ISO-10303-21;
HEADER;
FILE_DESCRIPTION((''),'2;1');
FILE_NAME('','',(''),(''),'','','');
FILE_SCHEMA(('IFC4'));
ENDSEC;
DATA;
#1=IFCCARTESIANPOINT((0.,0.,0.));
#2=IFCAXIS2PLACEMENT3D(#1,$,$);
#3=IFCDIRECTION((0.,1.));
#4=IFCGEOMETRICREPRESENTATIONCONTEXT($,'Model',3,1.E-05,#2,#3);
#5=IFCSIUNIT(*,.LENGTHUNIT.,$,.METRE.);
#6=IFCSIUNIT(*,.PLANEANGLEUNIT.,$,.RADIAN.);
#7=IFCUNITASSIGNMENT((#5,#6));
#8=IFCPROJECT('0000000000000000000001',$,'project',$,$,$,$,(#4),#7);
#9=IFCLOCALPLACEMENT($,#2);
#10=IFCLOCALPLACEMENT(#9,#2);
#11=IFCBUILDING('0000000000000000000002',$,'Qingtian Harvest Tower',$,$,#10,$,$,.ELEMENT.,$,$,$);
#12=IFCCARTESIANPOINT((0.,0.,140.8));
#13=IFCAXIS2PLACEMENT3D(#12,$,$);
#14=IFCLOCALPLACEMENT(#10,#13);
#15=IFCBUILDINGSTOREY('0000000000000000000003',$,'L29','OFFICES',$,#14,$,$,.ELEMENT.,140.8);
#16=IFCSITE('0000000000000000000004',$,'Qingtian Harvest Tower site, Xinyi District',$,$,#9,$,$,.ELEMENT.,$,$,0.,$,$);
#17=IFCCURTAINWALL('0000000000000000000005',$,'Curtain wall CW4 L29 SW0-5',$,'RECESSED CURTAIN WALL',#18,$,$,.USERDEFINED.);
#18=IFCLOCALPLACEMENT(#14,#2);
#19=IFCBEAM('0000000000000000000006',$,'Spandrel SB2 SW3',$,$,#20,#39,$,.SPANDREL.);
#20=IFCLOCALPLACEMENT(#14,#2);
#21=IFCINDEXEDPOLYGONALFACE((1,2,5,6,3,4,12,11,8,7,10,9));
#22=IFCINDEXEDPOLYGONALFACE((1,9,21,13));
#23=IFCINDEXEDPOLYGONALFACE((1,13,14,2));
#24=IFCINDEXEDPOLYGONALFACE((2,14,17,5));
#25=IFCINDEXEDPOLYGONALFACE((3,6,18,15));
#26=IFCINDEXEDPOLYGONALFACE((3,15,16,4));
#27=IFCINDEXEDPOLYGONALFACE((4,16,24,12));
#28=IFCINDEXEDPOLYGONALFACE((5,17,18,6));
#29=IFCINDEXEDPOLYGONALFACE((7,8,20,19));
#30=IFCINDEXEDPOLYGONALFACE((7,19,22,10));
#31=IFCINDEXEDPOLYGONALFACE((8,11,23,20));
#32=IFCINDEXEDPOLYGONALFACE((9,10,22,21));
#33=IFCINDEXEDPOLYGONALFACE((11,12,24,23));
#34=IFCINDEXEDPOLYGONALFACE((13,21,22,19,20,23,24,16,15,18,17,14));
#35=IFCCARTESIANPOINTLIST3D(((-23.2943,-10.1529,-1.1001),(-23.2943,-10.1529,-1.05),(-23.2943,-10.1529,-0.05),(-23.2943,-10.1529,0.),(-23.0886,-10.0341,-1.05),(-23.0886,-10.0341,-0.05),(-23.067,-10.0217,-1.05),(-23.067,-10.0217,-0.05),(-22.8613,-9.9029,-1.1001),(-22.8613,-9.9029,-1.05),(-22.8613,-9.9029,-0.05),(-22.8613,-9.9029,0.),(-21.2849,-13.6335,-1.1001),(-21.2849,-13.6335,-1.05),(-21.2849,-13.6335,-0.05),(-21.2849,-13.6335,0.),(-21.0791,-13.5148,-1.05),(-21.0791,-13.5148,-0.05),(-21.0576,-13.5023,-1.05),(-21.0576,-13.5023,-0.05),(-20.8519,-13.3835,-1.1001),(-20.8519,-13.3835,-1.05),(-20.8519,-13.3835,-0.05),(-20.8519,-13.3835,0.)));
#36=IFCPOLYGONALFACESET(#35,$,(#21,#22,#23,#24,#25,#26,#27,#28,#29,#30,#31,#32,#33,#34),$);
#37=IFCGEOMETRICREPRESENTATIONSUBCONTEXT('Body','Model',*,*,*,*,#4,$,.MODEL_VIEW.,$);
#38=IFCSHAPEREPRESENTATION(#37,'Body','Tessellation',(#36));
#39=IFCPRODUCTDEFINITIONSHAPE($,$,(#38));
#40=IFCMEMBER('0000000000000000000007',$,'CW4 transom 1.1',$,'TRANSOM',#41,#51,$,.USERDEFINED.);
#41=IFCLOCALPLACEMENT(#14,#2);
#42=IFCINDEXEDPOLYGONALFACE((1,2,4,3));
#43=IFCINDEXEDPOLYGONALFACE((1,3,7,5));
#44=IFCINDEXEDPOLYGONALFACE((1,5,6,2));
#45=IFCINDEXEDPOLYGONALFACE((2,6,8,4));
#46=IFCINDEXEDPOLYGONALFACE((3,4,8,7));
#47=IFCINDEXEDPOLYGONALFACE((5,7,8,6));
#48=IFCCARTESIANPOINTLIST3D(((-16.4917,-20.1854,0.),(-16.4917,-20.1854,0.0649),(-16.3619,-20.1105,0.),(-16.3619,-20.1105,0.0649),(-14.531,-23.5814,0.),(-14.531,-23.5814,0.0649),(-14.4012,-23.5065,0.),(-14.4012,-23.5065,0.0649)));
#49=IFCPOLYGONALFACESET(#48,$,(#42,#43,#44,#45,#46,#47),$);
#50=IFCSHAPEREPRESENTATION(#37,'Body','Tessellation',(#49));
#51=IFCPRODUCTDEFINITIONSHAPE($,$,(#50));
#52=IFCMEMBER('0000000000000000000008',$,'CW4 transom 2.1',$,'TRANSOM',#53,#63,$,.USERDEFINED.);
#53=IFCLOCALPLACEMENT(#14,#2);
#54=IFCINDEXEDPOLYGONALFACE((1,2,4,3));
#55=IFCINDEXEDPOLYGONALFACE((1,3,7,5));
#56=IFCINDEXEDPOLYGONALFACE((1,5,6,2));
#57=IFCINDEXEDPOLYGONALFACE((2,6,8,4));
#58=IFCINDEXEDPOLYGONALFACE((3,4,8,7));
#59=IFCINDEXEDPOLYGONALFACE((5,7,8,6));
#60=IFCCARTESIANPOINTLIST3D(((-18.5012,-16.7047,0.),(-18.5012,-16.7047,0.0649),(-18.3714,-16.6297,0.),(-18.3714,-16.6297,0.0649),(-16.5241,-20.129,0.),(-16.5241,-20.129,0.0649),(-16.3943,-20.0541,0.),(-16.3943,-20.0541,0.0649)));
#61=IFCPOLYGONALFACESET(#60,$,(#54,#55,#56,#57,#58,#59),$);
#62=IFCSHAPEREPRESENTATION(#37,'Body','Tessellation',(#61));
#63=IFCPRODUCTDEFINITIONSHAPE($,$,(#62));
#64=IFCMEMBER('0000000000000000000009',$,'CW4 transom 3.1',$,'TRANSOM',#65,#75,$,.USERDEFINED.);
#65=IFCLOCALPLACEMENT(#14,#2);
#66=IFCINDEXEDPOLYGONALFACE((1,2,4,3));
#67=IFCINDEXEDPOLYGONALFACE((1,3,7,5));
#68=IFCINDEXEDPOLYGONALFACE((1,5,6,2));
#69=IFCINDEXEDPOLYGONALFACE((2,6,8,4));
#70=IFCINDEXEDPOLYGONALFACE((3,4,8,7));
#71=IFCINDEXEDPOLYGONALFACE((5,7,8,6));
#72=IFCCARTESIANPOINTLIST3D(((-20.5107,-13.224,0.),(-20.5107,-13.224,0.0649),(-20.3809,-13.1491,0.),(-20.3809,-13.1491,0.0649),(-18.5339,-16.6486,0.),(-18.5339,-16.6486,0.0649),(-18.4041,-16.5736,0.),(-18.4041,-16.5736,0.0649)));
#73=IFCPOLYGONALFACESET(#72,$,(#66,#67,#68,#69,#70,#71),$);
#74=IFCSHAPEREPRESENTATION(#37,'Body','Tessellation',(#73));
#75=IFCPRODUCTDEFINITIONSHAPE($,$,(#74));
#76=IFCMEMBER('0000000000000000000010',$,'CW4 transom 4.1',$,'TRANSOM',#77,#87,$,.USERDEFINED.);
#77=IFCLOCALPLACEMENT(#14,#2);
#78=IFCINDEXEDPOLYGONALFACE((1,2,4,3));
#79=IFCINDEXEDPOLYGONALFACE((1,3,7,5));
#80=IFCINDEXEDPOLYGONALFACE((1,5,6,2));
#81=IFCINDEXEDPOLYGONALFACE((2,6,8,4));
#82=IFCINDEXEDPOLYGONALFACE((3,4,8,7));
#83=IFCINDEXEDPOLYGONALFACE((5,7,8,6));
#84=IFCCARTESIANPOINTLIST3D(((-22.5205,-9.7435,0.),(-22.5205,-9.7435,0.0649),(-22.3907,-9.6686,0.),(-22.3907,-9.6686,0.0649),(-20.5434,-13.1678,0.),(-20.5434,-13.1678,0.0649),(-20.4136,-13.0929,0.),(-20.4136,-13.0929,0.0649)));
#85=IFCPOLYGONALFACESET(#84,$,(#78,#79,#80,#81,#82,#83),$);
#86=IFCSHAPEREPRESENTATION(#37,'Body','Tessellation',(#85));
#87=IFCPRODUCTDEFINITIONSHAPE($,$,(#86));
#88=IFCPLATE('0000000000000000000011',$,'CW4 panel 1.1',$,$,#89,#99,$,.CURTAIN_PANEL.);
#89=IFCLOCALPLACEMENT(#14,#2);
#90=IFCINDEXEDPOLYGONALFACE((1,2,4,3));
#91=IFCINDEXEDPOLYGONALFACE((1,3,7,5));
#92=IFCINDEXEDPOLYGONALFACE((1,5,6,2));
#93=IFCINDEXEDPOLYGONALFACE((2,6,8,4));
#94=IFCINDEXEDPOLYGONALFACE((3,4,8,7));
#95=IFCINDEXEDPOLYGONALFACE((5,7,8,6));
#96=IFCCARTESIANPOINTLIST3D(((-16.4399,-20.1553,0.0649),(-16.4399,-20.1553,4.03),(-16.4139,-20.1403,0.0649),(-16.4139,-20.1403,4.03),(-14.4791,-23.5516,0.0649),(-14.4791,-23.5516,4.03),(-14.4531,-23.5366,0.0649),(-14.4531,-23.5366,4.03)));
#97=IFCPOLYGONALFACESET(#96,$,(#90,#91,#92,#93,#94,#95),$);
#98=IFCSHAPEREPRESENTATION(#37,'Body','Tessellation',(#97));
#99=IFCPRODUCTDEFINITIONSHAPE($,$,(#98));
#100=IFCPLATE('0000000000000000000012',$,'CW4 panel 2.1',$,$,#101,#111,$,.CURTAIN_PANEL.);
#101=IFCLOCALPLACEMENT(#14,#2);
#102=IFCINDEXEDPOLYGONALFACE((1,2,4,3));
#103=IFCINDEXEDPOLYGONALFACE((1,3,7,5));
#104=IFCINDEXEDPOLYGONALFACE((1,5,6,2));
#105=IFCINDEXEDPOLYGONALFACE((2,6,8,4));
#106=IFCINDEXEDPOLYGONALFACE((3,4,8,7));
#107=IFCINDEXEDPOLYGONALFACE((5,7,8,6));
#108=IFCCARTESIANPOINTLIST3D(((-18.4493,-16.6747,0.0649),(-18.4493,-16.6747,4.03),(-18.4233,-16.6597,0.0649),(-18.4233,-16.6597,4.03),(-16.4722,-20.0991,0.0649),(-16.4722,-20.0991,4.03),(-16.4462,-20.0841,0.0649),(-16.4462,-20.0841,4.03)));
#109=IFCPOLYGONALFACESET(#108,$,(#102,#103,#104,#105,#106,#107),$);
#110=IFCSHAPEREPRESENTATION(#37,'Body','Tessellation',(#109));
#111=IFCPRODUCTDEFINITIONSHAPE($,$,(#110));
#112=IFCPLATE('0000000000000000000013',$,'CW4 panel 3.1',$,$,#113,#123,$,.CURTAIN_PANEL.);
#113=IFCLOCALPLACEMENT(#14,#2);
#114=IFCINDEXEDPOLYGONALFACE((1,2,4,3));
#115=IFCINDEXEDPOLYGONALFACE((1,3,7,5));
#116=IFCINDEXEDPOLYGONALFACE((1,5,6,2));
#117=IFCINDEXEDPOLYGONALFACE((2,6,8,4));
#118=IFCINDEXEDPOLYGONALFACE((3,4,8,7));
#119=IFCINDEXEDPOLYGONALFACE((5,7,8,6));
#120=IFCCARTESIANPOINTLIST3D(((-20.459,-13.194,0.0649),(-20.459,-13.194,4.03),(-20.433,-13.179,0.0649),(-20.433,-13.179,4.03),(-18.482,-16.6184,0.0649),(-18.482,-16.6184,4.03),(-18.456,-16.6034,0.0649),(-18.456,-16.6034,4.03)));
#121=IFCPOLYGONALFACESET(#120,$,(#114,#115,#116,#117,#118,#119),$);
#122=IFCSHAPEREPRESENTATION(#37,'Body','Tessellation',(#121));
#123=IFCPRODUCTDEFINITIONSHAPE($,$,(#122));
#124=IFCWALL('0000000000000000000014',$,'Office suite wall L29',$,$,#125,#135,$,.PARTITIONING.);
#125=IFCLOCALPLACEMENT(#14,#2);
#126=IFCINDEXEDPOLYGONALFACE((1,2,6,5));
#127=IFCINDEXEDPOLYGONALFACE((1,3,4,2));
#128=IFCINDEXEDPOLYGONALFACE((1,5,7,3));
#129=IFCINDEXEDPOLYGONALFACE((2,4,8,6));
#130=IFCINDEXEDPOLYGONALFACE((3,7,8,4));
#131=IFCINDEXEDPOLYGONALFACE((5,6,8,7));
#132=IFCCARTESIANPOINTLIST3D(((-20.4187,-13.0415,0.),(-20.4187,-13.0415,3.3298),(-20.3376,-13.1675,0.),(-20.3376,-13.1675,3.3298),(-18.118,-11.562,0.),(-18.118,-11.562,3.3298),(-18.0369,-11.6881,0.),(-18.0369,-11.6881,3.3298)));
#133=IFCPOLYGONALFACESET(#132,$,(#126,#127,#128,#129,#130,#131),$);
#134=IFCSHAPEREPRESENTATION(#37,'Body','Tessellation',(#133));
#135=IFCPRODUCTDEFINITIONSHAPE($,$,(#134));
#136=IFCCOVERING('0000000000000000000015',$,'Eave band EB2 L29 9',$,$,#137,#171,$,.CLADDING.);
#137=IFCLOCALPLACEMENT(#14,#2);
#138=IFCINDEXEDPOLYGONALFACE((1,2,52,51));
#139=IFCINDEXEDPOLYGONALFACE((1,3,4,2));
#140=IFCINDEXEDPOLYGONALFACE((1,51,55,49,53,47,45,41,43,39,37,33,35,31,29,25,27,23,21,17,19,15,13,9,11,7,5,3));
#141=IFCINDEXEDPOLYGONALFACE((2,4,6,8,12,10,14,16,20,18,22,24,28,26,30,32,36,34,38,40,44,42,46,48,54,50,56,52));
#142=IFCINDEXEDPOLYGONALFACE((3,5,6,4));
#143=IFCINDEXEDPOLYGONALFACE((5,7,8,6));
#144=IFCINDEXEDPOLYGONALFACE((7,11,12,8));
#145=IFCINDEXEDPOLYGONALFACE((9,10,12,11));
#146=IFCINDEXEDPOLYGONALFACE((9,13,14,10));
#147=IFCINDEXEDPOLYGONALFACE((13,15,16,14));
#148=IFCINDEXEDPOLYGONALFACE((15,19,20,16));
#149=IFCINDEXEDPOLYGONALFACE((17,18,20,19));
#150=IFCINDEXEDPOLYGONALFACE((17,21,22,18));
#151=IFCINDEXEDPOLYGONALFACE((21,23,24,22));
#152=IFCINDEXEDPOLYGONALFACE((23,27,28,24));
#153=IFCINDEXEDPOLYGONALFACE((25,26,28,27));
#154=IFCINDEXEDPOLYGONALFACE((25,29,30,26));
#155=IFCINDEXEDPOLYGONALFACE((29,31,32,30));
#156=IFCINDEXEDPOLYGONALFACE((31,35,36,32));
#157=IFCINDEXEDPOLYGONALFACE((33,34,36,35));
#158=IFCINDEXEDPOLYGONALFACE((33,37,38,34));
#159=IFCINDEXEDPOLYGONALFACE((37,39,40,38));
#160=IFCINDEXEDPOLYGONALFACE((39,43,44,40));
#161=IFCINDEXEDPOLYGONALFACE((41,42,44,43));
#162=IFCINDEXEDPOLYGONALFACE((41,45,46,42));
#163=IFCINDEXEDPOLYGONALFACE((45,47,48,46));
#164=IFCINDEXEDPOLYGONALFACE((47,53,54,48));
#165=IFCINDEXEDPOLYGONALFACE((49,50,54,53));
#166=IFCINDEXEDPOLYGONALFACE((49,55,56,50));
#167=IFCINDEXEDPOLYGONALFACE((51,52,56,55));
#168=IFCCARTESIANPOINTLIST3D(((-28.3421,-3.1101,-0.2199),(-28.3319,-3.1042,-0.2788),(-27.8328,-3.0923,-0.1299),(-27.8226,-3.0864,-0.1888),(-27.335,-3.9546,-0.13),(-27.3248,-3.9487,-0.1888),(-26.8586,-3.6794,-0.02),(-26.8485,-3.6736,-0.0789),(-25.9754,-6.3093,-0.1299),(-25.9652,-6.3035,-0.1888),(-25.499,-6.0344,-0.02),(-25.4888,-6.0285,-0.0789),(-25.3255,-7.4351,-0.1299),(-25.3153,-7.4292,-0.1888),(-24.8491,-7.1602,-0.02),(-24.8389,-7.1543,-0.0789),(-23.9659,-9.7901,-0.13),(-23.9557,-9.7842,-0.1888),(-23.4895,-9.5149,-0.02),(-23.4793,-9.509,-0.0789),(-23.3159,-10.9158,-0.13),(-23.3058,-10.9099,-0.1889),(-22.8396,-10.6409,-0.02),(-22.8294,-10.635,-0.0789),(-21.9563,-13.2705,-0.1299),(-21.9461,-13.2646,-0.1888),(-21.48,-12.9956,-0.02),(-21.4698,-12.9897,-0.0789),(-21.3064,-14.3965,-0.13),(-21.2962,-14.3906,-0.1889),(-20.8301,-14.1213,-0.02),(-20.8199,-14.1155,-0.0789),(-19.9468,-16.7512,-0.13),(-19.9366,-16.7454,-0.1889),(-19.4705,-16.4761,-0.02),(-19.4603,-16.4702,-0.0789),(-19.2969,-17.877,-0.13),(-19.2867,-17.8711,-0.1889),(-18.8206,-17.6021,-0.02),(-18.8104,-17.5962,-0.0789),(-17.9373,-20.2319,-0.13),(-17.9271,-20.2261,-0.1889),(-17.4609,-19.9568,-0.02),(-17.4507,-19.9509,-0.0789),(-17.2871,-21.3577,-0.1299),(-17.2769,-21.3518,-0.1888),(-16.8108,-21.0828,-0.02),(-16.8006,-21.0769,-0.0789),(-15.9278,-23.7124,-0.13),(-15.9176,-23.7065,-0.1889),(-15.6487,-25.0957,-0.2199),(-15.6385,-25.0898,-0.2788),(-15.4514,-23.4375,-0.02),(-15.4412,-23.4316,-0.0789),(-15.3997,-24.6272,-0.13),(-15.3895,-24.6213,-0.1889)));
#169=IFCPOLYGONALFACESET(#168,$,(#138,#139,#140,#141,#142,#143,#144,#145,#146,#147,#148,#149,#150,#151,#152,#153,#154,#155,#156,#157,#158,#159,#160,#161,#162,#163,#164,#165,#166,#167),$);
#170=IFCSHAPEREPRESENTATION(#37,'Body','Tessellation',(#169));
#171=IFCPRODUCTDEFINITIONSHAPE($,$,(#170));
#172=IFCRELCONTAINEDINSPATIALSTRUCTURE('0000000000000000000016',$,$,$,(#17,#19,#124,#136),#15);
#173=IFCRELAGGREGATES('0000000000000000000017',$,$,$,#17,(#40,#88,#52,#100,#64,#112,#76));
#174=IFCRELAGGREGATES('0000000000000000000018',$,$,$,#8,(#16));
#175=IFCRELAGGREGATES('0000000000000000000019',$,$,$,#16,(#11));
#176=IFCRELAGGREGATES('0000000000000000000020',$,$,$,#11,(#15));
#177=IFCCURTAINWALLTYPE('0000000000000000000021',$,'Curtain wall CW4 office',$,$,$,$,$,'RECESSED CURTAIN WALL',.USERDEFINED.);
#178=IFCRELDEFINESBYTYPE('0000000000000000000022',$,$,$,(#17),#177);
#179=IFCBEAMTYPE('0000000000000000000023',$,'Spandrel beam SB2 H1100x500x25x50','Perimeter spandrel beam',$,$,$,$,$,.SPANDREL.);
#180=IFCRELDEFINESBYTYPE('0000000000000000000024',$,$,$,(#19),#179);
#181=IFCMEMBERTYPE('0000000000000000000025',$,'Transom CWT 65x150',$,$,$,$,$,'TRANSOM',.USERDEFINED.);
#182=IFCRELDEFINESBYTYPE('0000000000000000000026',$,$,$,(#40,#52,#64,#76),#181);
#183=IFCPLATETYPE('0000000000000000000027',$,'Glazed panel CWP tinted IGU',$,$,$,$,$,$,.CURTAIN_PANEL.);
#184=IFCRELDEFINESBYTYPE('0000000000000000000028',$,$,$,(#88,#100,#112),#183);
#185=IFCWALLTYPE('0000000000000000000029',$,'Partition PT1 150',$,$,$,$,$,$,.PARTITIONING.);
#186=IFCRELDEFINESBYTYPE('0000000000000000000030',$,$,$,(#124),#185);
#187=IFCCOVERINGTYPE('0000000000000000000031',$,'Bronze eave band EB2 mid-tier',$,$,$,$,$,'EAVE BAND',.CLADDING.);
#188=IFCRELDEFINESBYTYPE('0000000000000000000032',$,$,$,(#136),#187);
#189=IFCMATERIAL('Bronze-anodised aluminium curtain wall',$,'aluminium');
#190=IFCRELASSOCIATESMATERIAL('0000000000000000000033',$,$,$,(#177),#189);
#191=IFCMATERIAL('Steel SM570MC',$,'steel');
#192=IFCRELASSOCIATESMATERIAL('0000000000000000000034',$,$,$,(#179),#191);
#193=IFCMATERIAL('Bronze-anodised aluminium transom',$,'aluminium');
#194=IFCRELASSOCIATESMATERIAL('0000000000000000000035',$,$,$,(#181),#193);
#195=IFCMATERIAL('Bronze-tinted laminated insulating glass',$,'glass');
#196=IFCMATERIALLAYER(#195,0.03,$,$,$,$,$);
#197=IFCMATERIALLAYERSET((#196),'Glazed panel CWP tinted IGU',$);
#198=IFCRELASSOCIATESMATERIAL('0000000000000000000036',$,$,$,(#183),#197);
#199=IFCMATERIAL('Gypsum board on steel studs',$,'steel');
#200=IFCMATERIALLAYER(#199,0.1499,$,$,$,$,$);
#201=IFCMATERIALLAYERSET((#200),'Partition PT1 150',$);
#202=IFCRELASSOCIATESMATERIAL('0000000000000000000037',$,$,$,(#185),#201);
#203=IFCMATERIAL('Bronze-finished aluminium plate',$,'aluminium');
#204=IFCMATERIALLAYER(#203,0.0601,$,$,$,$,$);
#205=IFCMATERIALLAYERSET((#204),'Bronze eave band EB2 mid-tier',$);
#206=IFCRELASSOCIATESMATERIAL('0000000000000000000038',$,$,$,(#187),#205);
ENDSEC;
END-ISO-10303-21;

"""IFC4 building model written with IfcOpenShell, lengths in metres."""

from ifc_helpers import new_model, si_unit, direction, frame, frame_2d, origin, origin_2d, place, context, subcontext, project, spatial, polyline, rectangle, i_section, outline, extrude, material, layer, layer_set, material_profile, profile_set, type_object, element, aggregate, save


model = new_model("IFC4")

# Units and contexts
model_context = context("Model", 3, precision=1e-05, world=origin(), true_north=direction((0.0, 1.0)))
body_context = subcontext(model_context, "Body", "Model", "MODEL_VIEW")
ifc_project = project(units=[si_unit("LENGTHUNIT", "METRE"), si_unit("PLANEANGLEUNIT", "RADIAN")], contexts=[model_context])

# Site, building, storey
site_placement = place(None, origin())
site = spatial("IfcSite", under=ifc_project, at=site_placement, Name="Qingtian Harvest Tower site, Xinyi District", CompositionType="ELEMENT", RefElevation=0.0)
building_placement = place(site_placement, origin())
building = spatial("IfcBuilding", under=site, at=building_placement, Name="Qingtian Harvest Tower", CompositionType="ELEMENT")
storey_placement = place(building_placement, frame((0.0, 0.0, 140.8)))
storey = spatial("IfcBuildingStorey", under=building, at=storey_placement, Name="L29", Description="OFFICES", CompositionType="ELEMENT", Elevation=140.8)

# Shared definitions
ifc_material_1 = material(Name="Bronze-anodised aluminium curtain wall", Category="aluminium")
curtain_wall_type = type_object("IfcCurtainWallType", Name="Curtain wall CW4 office", ElementType="RECESSED CURTAIN WALL", PredefinedType="USERDEFINED", material=ifc_material_1)

# Curtain wall
curtain_wall_1_placement = place(storey_placement, origin())
curtain_wall_1 = element("IfcCurtainWall", 1, at=curtain_wall_1_placement, inside=storey, type_object=curtain_wall_type, Name="Curtain wall CW4 L29 SW0-5", ObjectType="RECESSED CURTAIN WALL", PredefinedType="USERDEFINED")

# Beam
ifc_material_2 = material(Name="Steel SM570MC", Category="steel")
ifc_material_profile_1 = material_profile(ifc_material_2, i_section(OverallWidth=0.5, OverallDepth=1.1001, WebThickness=0.0249, FlangeThickness=0.05, at=origin_2d()), Name="H1100x500x25x50")
ifc_profile_set_1 = profile_set([ifc_material_profile_1], Name="Steel SM570MC")
beam_type_1 = type_object("IfcBeamType", Name="Spandrel beam SB2 H1100x500x25x50", Description="Perimeter spandrel beam", PredefinedType="SPANDREL", material=ifc_profile_set_1)
for number, where, z_axis, x_axis, name in (
    (2, (-21.0684, -13.5085, -0.55), (-0.499987, 0.866033, 0.0), (-0.866033, -0.499987, 0.0), "Spandrel SB2 SW3"),
):
    element("IfcBeam", number, at=place(storey_placement, frame(where, z_axis=z_axis, x_axis=x_axis)), inside=storey, type_object=beam_type_1, Name=name, PredefinedType="SPANDREL", context=body_context, shape_type="SweptSolid", body=[
        extrude(i_section(OverallWidth=0.5, OverallDepth=1.1001, WebThickness=0.0249, FlangeThickness=0.05, at=origin_2d()), origin(), (0.0, 0.0, 1.0), 4.019),
    ])

# Members
ifc_material_3 = material(Name="Bronze-anodised aluminium transom", Category="aluminium")
ifc_material_profile_2 = material_profile(ifc_material_3, rectangle(XDim=0.1499, YDim=0.0649, at=origin_2d()), Name="AL 65x150")
ifc_profile_set_2 = profile_set([ifc_material_profile_2], Name="Bronze-anodised aluminium transom")
member_type_1 = type_object("IfcMemberType", Name="Transom CWT 65x150", ElementType="TRANSOM", PredefinedType="USERDEFINED", material=ifc_profile_set_2)
member_1_placement = place(storey_placement, frame((-14.4661, -23.5439, 0.0325), z_axis=(-0.500003, 0.866024, 0.0), x_axis=(-0.866024, -0.500003, 0.0)))
member_1 = element("IfcMember", 3, at=member_1_placement, type_object=member_type_1, Name="CW4 transom 1.1", ObjectType="TRANSOM", PredefinedType="USERDEFINED", context=body_context, shape_type="SweptSolid", body=[
    extrude(rectangle(XDim=0.1499, YDim=0.0649, at=origin_2d()), origin(), (0.0, 0.0, 1.0), 3.9214),
])
member_2_placement = place(storey_placement, frame((-16.4592, -20.0916, 0.0325), z_axis=(-0.500004, 0.866023, 0.0), x_axis=(-0.866023, -0.500004, 0.0)))
member_2 = element("IfcMember", 4, at=member_2_placement, type_object=member_type_1, Name="CW4 transom 2.1", ObjectType="TRANSOM", PredefinedType="USERDEFINED", context=body_context, shape_type="SweptSolid", body=[
    extrude(rectangle(XDim=0.1499, YDim=0.0649, at=origin_2d()), origin(), (0.0, 0.0, 1.0), 3.9541),
])
member_3_placement = place(storey_placement, frame((-18.469, -16.6111, 0.0325), z_axis=(-0.499931, 0.866065, 0.0), x_axis=(-0.866065, -0.499931, 0.0)))
member_3 = element("IfcMember", 5, at=member_3_placement, type_object=member_type_1, Name="CW4 transom 3.1", ObjectType="TRANSOM", PredefinedType="USERDEFINED", context=body_context, shape_type="SweptSolid", body=[
    extrude(rectangle(XDim=0.1499, YDim=0.0649, at=origin_2d()), origin(), (0.0, 0.0, 1.0), 3.9541),
])
member_4_placement = place(storey_placement, frame((-20.4785, -13.1304, 0.0325), z_axis=(-0.500004, 0.866023, 0.0), x_axis=(-0.866023, -0.500004, 0.0)))
member_4 = element("IfcMember", 6, at=member_4_placement, type_object=member_type_1, Name="CW4 transom 4.1", ObjectType="TRANSOM", PredefinedType="USERDEFINED", context=body_context, shape_type="SweptSolid", body=[
    extrude(rectangle(XDim=0.1499, YDim=0.0649, at=origin_2d()), origin(), (0.0, 0.0, 1.0), 3.9541),
])

# Plates
ifc_material_4 = material(Name="Bronze-tinted laminated insulating glass", Category="glass")
ifc_layer_1 = layer(ifc_material_4, 0.03)
ifc_layer_set_1 = layer_set([ifc_layer_1], Name="Glazed panel CWP tinted IGU")
plate_type = type_object("IfcPlateType", Name="Glazed panel CWP tinted IGU", PredefinedType="CURTAIN_PANEL", material=ifc_layer_set_1)
plate_1_placement = place(storey_placement, frame((-15.4465, -21.8459, 0.0649), z_axis=(0.0, 0.0, 1.0), x_axis=(-0.5, 0.866025, 0.0)))
plate_1 = element("IfcPlate", 7, at=plate_1_placement, type_object=plate_type, Name="CW4 panel 1.1", PredefinedType="CURTAIN_PANEL", context=body_context, shape_type="SweptSolid", body=[
    extrude(rectangle(XDim=3.9216, YDim=0.03, at=origin_2d()), origin(), (0.0, 0.0, 1.0), 3.9651),
])
plate_2_placement = place(storey_placement, frame((-17.4478, -18.3794, 0.0649), z_axis=(0.0, 0.0, 1.0), x_axis=(-0.5, 0.866025, 0.0)))
plate_2 = element("IfcPlate", 8, at=plate_2_placement, type_object=plate_type, Name="CW4 panel 2.1", PredefinedType="CURTAIN_PANEL", context=body_context, shape_type="SweptSolid", body=[
    extrude(rectangle(XDim=3.9541, YDim=0.03, at=origin_2d()), origin(), (0.0, 0.0, 1.0), 3.9651),
])
plate_3_placement = place(storey_placement, frame((-19.4575, -14.8987, 0.0649), z_axis=(0.0, 0.0, 1.0), x_axis=(-0.5, 0.866025, 0.0)))
plate_3 = element("IfcPlate", 9, at=plate_3_placement, type_object=plate_type, Name="CW4 panel 3.1", PredefinedType="CURTAIN_PANEL", context=body_context, shape_type="SweptSolid", body=[
    extrude(rectangle(XDim=3.9541, YDim=0.03, at=origin_2d()), origin(), (0.0, 0.0, 1.0), 3.9651),
])
aggregate(curtain_wall_1, [member_1, plate_1, member_2, plate_2, member_3, plate_3, member_4])

# Wall
ifc_material_5 = material(Name="Gypsum board on steel studs", Category="steel")
ifc_layer_2 = layer(ifc_material_5, 0.1499)
ifc_layer_set_2 = layer_set([ifc_layer_2], Name="Partition PT1 150")
wall_type = type_object("IfcWallType", Name="Partition PT1 150", PredefinedType="PARTITIONING", material=ifc_layer_set_2)
wall_placement = place(storey_placement, frame((-20.3782, -13.1045, 0.0), z_axis=(0.0, 0.0, 1.0), x_axis=(0.841109, 0.540866, 0.0)))
element("IfcWall", 10, at=wall_placement, inside=storey, type_object=wall_type, Name="Office suite wall L29", PredefinedType="PARTITIONING", context=body_context, shape_type="SweptSolid", body=[
    extrude(rectangle(XDim=2.7354, YDim=0.1499, at=frame_2d((1.3677, 0.0))), origin(), (0.0, 0.0, 1.0), 3.3298),
])

# Covering
ifc_material_6 = material(Name="Bronze-finished aluminium plate", Category="aluminium")
ifc_layer_3 = layer(ifc_material_6, 0.0601)
ifc_layer_set_3 = layer_set([ifc_layer_3], Name="Bronze eave band EB2 mid-tier")
covering_type = type_object("IfcCoveringType", Name="Bronze eave band EB2 mid-tier", ElementType="EAVE BAND", PredefinedType="CLADDING", material=ifc_layer_set_3)
covering_placement = place(storey_placement, frame((-15.4514, -23.4375, -0.02), z_axis=(-0.16976, -0.098012, 0.980599), x_axis=(-0.849301, -0.490166, -0.196022)))
element("IfcCovering", 11, at=covering_placement, inside=storey, type_object=covering_type, Name="Eave band EB2 L29 9", PredefinedType="CLADDING", context=body_context, shape_type="SweptSolid", body=[
    extrude(outline(polyline([(0.0, 0.0), (0.5609, 0.0), (0.5608, 1.0563), (1.0195, 1.3376), (1.0234, -24.0492), (0.5646, -23.8101), (0.5644, -22.8144), (0.0035, -22.8146), (0.0031, -20.0953), (0.5639, -20.0953), (0.5638, -18.7954), (0.0029, -18.7954), (0.0024, -16.0764), (0.5634, -16.0762), (0.5632, -14.7763), (0.0023, -14.7763), (0.0018, -12.0572), (0.5627, -12.0572), (0.5626, -10.7572), (0.0016, -10.7574), (0.0011, -8.0383), (0.5621, -8.0381), (0.5619, -6.7382), (0.0011, -6.7382), (0.0006, -4.0191), (0.5616, -4.0189), (0.5612, -2.7189), (0.0003, -2.7189), (0.0, 0.0)])), origin(), (0.0, 0.0, -1.0), 0.0601),
])

save(model, "model.ifc")
